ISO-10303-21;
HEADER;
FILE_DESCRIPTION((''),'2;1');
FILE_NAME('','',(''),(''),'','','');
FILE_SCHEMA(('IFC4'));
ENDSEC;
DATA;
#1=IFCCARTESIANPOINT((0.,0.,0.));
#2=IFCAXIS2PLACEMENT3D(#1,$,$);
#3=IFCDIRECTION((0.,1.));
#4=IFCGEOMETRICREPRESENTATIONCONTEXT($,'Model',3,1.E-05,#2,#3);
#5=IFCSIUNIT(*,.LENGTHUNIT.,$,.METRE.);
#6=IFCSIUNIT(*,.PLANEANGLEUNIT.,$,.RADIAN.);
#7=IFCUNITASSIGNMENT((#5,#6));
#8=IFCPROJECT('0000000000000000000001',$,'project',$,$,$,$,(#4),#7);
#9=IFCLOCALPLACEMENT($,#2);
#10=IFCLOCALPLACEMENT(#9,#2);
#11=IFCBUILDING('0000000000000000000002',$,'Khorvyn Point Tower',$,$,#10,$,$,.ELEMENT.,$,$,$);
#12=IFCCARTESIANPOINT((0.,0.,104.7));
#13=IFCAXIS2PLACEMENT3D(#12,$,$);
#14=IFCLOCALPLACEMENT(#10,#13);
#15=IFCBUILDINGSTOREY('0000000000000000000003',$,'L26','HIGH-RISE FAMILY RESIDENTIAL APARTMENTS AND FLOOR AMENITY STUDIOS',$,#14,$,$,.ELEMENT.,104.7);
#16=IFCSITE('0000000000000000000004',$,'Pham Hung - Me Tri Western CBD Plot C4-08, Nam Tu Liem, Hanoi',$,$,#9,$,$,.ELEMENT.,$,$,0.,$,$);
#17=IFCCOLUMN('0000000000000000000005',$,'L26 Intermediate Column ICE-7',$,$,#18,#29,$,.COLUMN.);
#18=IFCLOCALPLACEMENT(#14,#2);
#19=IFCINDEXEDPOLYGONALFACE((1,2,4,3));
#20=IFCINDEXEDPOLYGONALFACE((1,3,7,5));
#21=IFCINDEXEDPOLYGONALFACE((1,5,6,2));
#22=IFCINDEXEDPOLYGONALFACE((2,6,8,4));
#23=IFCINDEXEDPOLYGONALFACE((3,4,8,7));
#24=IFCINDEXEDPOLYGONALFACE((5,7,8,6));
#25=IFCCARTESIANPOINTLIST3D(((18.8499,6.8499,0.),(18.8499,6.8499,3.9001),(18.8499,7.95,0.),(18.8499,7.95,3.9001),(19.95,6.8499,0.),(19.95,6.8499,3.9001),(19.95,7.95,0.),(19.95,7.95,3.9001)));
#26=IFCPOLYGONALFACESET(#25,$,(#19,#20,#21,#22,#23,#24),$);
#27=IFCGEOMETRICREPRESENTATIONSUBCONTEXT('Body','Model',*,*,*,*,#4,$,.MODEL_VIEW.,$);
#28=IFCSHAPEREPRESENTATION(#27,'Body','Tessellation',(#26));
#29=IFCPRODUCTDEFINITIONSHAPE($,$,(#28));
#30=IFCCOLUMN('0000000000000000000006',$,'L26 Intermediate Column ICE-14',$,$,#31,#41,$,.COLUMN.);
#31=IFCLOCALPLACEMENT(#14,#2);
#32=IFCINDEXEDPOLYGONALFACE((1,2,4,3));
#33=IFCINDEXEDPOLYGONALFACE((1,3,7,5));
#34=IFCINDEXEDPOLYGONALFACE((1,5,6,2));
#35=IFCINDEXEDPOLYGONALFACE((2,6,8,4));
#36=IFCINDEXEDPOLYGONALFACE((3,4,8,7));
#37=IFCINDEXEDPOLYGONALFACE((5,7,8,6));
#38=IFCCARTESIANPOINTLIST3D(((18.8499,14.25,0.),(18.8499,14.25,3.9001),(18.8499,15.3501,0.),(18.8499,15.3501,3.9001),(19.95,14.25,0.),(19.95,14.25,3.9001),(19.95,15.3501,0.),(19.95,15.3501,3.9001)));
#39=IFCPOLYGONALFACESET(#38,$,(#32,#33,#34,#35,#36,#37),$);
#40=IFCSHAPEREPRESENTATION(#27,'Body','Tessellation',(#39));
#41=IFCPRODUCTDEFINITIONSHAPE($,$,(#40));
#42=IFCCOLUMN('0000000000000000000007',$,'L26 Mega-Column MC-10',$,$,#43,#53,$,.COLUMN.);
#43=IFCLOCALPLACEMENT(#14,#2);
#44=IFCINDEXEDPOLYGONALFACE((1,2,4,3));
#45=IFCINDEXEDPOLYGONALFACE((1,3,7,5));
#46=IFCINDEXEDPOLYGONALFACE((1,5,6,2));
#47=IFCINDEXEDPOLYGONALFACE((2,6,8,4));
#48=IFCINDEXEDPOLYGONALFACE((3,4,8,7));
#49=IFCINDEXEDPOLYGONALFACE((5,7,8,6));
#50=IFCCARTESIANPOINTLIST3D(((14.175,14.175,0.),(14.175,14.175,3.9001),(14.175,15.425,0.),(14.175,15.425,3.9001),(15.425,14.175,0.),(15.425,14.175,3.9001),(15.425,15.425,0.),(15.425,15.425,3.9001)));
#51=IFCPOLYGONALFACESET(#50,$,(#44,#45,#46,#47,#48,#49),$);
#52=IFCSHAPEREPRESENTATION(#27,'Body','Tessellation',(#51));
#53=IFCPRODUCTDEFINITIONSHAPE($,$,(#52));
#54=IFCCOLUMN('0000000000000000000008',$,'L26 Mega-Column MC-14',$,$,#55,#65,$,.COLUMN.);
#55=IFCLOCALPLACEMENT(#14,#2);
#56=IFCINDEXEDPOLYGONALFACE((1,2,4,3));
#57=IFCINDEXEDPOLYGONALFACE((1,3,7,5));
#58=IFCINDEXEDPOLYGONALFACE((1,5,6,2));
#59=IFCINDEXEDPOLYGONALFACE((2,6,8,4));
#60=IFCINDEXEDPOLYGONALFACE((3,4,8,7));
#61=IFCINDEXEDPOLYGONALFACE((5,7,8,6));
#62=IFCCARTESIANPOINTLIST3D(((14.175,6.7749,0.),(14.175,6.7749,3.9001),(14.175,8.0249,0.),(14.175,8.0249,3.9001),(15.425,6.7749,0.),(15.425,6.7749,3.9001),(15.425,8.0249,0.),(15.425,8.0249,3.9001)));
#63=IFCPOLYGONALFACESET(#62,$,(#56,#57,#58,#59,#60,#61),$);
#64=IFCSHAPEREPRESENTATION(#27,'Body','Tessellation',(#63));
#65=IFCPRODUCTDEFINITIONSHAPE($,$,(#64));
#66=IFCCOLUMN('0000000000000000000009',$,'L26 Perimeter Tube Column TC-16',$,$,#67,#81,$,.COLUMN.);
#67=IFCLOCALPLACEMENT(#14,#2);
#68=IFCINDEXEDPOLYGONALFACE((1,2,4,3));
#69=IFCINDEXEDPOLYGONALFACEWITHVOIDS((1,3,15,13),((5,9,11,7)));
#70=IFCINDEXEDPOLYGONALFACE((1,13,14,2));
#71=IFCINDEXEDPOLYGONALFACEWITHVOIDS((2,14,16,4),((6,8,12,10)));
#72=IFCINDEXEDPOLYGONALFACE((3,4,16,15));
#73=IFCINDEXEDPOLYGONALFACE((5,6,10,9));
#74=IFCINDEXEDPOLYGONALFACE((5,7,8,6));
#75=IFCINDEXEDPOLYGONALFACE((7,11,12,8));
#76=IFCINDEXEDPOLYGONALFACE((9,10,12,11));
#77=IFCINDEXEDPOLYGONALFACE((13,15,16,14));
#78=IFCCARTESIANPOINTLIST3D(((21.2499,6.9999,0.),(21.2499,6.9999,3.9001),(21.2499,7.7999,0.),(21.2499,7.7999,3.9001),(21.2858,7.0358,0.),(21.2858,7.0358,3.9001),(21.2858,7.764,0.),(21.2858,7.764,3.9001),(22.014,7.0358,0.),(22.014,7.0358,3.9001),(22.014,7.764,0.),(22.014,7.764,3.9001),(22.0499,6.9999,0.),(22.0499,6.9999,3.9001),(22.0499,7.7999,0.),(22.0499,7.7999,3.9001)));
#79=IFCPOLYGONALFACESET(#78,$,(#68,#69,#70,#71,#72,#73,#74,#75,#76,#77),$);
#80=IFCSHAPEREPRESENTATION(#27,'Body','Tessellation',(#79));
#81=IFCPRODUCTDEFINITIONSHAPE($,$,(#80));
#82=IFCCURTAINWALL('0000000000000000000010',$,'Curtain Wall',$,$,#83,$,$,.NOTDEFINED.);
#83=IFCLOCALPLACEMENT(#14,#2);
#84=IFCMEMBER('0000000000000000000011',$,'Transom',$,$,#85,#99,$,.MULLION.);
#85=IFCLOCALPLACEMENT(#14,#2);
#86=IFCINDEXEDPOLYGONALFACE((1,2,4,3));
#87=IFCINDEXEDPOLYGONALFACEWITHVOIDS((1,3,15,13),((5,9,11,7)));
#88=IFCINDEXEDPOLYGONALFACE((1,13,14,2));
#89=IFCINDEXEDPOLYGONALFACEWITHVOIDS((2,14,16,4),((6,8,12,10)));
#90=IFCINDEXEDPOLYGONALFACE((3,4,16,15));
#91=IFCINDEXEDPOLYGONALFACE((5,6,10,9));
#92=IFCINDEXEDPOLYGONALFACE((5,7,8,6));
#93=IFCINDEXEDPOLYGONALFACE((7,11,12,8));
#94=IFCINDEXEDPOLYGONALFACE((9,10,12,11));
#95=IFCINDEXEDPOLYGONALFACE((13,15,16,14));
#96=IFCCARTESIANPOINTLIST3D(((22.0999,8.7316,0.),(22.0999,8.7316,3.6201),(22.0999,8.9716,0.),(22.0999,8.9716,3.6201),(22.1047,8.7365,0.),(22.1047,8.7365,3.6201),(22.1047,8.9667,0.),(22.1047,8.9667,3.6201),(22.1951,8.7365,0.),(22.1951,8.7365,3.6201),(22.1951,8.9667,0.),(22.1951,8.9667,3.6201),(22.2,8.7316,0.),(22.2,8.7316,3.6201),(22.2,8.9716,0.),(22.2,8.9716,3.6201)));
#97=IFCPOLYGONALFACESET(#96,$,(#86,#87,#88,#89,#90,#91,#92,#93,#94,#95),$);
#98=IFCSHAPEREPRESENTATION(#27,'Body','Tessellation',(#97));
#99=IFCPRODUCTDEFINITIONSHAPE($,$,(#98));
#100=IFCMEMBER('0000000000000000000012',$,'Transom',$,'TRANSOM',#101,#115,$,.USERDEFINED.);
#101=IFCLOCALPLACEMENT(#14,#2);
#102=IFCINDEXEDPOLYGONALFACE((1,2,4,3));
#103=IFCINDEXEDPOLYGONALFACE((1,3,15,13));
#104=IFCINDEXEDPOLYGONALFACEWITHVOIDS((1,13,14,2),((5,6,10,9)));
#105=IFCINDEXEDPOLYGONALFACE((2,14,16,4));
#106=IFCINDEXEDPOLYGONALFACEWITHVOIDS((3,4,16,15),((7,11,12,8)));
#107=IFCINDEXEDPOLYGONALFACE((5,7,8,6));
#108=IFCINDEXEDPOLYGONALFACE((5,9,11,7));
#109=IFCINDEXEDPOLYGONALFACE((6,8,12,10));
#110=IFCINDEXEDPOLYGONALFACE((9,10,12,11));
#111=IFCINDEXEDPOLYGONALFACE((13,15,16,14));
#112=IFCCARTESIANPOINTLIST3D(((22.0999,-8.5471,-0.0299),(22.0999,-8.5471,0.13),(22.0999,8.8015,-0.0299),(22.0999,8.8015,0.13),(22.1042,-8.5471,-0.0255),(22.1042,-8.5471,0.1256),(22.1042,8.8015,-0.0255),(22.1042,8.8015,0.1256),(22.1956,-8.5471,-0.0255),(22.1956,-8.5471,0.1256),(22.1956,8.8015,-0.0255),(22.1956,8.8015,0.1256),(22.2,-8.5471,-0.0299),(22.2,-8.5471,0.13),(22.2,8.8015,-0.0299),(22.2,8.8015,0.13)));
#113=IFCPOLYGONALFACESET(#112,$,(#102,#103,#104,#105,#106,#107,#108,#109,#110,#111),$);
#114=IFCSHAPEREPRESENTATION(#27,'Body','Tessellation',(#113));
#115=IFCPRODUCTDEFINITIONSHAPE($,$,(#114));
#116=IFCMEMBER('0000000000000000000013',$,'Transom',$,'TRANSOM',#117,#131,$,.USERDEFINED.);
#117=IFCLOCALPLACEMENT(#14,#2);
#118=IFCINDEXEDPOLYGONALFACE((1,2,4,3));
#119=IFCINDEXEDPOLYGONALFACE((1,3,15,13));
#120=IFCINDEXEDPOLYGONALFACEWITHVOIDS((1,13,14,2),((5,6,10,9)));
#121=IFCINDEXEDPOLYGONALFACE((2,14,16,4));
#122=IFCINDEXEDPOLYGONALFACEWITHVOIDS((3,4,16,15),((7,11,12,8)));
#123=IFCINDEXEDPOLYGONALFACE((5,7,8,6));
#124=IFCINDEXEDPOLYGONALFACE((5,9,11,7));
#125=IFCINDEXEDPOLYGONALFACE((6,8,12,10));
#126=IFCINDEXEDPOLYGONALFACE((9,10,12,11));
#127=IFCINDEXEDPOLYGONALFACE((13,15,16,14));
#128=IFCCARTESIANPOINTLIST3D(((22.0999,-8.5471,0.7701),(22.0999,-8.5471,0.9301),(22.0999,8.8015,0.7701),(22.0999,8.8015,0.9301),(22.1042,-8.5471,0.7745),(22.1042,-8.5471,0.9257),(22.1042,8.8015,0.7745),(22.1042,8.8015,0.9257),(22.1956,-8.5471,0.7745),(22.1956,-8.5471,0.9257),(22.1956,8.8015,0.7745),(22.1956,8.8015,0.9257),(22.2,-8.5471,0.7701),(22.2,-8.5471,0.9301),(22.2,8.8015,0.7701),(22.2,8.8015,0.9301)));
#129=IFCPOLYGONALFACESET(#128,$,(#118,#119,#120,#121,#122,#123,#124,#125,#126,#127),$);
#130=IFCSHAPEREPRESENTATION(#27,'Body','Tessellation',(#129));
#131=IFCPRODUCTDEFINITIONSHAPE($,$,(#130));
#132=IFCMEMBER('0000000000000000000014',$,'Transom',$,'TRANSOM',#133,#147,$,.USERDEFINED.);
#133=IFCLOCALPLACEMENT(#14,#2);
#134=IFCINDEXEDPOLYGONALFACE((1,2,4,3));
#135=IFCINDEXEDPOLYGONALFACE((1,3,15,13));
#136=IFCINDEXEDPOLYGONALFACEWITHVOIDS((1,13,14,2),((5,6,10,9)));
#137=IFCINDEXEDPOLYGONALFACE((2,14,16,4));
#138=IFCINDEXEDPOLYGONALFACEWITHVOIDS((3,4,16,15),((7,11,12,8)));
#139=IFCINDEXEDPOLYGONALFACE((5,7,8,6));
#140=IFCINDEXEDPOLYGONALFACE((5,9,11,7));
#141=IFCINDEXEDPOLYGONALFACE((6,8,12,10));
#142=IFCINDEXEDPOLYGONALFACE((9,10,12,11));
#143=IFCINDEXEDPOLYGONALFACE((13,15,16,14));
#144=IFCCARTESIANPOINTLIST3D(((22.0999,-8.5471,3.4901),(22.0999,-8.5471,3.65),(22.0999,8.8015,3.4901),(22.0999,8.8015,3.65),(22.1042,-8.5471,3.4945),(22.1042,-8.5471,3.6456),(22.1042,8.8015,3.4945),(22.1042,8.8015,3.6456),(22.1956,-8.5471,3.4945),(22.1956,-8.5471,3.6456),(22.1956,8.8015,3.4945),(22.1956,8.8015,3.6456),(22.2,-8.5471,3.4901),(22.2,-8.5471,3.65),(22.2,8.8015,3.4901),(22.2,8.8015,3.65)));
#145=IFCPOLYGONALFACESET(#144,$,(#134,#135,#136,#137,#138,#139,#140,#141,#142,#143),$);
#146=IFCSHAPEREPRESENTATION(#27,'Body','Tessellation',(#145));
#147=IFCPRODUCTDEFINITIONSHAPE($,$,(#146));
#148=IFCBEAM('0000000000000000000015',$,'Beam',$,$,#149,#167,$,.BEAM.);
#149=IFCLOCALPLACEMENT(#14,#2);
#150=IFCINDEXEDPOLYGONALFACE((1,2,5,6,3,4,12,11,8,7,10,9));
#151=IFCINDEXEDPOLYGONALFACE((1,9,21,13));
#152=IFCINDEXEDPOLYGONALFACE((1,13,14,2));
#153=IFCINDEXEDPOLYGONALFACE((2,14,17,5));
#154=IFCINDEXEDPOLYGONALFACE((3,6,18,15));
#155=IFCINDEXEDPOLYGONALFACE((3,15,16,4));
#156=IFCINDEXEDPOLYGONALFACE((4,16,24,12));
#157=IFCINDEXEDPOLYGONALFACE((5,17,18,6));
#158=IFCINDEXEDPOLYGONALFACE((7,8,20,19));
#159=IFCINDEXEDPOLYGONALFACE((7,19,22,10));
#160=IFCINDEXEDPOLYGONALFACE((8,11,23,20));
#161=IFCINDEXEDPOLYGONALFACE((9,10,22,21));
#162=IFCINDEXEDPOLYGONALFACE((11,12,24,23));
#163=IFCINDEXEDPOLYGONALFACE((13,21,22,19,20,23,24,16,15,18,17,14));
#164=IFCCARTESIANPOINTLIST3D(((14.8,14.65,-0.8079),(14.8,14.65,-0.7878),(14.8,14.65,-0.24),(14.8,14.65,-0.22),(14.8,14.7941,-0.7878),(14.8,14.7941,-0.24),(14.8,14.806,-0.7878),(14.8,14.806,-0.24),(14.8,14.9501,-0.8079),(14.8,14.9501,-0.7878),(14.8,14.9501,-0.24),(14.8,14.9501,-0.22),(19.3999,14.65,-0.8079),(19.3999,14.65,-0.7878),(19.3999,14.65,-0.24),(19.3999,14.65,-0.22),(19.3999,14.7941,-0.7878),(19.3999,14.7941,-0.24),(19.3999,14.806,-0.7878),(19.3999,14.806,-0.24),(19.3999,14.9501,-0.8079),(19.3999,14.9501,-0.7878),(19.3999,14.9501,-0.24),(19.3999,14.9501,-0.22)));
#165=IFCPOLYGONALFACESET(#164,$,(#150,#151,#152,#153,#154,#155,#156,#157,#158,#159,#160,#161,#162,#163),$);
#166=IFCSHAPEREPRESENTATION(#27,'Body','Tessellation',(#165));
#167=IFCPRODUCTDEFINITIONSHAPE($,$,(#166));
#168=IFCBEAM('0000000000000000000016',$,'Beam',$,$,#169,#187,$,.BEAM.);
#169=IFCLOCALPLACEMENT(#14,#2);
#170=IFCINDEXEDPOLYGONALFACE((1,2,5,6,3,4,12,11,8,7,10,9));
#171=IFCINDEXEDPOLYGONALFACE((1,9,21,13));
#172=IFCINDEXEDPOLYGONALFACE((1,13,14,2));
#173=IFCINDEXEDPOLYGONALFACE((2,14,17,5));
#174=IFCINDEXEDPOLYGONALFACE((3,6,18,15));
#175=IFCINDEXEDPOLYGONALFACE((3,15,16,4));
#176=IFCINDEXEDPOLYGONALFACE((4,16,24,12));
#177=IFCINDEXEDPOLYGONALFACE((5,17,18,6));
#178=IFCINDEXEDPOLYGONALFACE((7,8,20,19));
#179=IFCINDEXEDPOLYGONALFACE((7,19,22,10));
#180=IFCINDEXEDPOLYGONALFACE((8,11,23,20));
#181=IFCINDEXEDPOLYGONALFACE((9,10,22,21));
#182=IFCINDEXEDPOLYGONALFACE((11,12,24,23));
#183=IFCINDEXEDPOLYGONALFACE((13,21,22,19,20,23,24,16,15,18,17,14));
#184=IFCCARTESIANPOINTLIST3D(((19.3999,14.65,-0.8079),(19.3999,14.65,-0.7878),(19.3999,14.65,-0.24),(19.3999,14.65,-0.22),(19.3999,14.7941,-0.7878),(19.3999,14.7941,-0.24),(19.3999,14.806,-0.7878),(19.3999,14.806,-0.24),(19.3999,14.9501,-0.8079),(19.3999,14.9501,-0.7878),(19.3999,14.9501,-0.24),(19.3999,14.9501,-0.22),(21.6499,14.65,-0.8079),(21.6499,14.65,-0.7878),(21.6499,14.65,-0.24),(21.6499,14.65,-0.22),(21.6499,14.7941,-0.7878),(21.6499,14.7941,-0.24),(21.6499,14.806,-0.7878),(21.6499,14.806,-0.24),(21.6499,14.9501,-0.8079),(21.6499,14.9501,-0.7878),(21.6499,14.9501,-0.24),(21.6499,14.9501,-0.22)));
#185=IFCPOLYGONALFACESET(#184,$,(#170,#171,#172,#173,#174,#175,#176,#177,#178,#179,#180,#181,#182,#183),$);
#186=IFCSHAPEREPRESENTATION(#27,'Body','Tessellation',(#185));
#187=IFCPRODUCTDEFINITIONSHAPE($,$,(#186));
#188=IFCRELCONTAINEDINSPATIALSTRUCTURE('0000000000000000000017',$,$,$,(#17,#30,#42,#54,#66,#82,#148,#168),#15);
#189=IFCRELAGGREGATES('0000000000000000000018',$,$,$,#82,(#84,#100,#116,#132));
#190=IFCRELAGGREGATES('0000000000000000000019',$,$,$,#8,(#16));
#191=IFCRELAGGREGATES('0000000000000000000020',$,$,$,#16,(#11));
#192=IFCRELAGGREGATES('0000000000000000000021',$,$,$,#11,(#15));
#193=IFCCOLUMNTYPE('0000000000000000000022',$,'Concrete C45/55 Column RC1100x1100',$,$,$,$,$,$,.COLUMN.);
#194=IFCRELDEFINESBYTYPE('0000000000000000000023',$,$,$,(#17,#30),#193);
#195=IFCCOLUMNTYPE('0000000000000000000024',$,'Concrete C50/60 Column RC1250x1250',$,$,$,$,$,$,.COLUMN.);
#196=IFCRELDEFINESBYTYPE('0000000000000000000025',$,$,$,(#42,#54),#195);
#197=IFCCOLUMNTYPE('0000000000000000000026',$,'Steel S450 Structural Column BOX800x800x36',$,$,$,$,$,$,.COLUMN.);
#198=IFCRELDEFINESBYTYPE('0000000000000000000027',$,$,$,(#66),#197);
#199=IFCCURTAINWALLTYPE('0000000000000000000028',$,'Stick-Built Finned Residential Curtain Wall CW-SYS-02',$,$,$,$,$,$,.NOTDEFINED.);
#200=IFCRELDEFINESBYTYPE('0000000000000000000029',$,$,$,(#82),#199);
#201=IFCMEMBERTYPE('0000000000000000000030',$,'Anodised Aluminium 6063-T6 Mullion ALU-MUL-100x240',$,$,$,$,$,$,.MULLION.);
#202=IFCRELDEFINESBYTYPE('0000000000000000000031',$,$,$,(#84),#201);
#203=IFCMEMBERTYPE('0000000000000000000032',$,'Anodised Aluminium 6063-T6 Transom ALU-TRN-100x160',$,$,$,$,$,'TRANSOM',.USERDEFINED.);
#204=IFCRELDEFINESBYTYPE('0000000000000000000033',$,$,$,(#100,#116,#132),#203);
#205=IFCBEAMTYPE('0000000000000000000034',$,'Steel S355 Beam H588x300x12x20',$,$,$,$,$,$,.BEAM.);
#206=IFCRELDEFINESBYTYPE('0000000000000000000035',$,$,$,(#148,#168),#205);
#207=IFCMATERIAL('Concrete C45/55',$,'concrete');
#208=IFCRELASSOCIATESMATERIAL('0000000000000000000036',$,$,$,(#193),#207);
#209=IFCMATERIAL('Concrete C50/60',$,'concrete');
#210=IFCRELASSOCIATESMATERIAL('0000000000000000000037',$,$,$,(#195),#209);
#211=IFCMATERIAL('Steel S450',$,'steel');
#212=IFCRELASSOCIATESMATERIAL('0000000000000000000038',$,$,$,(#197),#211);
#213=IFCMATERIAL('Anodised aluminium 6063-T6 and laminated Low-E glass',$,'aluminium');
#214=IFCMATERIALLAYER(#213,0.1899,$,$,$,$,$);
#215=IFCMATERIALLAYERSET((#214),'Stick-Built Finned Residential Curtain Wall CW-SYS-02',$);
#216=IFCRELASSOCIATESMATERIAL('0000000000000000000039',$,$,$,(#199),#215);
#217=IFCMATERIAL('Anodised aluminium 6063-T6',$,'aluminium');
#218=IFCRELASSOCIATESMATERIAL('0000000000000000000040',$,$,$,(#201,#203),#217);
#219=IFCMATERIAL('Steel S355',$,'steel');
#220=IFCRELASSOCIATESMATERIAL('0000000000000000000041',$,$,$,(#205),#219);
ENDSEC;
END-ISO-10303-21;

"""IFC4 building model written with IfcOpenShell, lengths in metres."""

from ifc_helpers import new_model, si_unit, direction, frame, origin, origin_2d, place, context, subcontext, project, spatial, rectangle, hollow_rectangle, i_section, extrude, material, layer, layer_set, material_profile, profile_set, type_object, element, aggregate, save


model = new_model("IFC4")

# Units and contexts
model_context = context("Model", 3, precision=1e-05, world=origin(), true_north=direction((0.0, 1.0)))
body_context = subcontext(model_context, "Body", "Model", "MODEL_VIEW")
ifc_project = project(units=[si_unit("LENGTHUNIT", "METRE"), si_unit("PLANEANGLEUNIT", "RADIAN")], contexts=[model_context])

# Site, building, storey
site_placement = place(None, origin())
site = spatial("IfcSite", under=ifc_project, at=site_placement, Name="Pham Hung - Me Tri Western CBD Plot C4-08, Nam Tu Liem, Hanoi", CompositionType="ELEMENT", RefElevation=0.0)
building_placement = place(site_placement, origin())
building = spatial("IfcBuilding", under=site, at=building_placement, Name="Khorvyn Point Tower", CompositionType="ELEMENT")
storey_placement = place(building_placement, frame((0.0, 0.0, 104.7)))
storey = spatial("IfcBuildingStorey", under=building, at=storey_placement, Name="L26", Description="HIGH-RISE FAMILY RESIDENTIAL APARTMENTS AND FLOOR AMENITY STUDIOS", CompositionType="ELEMENT", Elevation=104.7)

# Columns
ifc_material_1 = material(Name="Concrete C45/55", Category="concrete")
ifc_material_profile_1 = material_profile(ifc_material_1, rectangle(XDim=1.1001, YDim=1.1001, at=origin_2d()))
ifc_profile_set_1 = profile_set([ifc_material_profile_1], Name="Concrete C45/55 RC1100x1100")
column_type_1 = type_object("IfcColumnType", Name="Concrete C45/55 Column RC1100x1100", PredefinedType="COLUMN", material=ifc_profile_set_1)
for number, where, z_axis, x_axis, name in (
    (1, (19.3999, 7.3999, 0.0), (0.0, 0.0, 1.0), (1.0, 0.0, 0.0), "L26 Intermediate Column ICE-7"),
    (2, (19.3999, 14.8, 0.0), (0.0, 0.0, 1.0), (1.0, 0.0, 0.0), "L26 Intermediate Column ICE-14"),
):
    element("IfcColumn", number, at=place(storey_placement, frame(where, z_axis=z_axis, x_axis=x_axis)), inside=storey, type_object=column_type_1, Name=name, PredefinedType="COLUMN", context=body_context, shape_type="SweptSolid", body=[
        extrude(rectangle(XDim=1.1001, YDim=1.1001, at=origin_2d()), origin(), (0.0, 0.0, 1.0), 3.9001),
    ])
ifc_material_2 = material(Name="Concrete C50/60", Category="concrete")
ifc_material_profile_2 = material_profile(ifc_material_2, rectangle(XDim=1.25, YDim=1.25, at=origin_2d()))
ifc_profile_set_2 = profile_set([ifc_material_profile_2], Name="Concrete C50/60 RC1250x1250")
column_type_2 = type_object("IfcColumnType", Name="Concrete C50/60 Column RC1250x1250", PredefinedType="COLUMN", material=ifc_profile_set_2)
for number, where, z_axis, x_axis, name in (
    (3, (14.8, 14.8, 0.0), (0.0, 0.0, 1.0), (1.0, 0.0, 0.0), "L26 Mega-Column MC-10"),
    (4, (14.8, 7.3999, 0.0), (0.0, 0.0, 1.0), (1.0, 0.0, 0.0), "L26 Mega-Column MC-14"),
):
    element("IfcColumn", number, at=place(storey_placement, frame(where, z_axis=z_axis, x_axis=x_axis)), inside=storey, type_object=column_type_2, Name=name, PredefinedType="COLUMN", context=body_context, shape_type="SweptSolid", body=[
        extrude(rectangle(XDim=1.25, YDim=1.25, at=origin_2d()), origin(), (0.0, 0.0, 1.0), 3.9001),
    ])
ifc_material_3 = material(Name="Steel S450", Category="steel")
ifc_material_profile_3 = material_profile(ifc_material_3, hollow_rectangle(XDim=0.8, YDim=0.8, WallThickness=0.0359, at=origin_2d()))
ifc_profile_set_3 = profile_set([ifc_material_profile_3], Name="Steel S450 BOX800x800x36")
column_type_3 = type_object("IfcColumnType", Name="Steel S450 Structural Column BOX800x800x36", PredefinedType="COLUMN", material=ifc_profile_set_3)
column_placement = place(storey_placement, frame((21.6499, 7.3999, 0.0), z_axis=(0.0, 0.0, 1.0), x_axis=(1.0, 0.0, 0.0)))
element("IfcColumn", 5, at=column_placement, inside=storey, type_object=column_type_3, Name="L26 Perimeter Tube Column TC-16", PredefinedType="COLUMN", context=body_context, shape_type="SweptSolid", body=[
    extrude(hollow_rectangle(XDim=0.8, YDim=0.8, WallThickness=0.0359, at=origin_2d()), origin(), (0.0, 0.0, 1.0), 3.9001),
])

# Curtain wall, members
ifc_material_4 = material(Name="Anodised aluminium 6063-T6 and laminated Low-E glass", Category="aluminium")
ifc_layer_1 = layer(ifc_material_4, 0.1899)
ifc_layer_set_1 = layer_set([ifc_layer_1], Name="Stick-Built Finned Residential Curtain Wall CW-SYS-02")
curtain_wall_type = type_object("IfcCurtainWallType", Name="Stick-Built Finned Residential Curtain Wall CW-SYS-02", PredefinedType="NOTDEFINED", material=ifc_layer_set_1)
curtain_wall_placement = place(storey_placement, origin())
curtain_wall = element("IfcCurtainWall", 6, at=curtain_wall_placement, inside=storey, type_object=curtain_wall_type, Name="Curtain Wall", PredefinedType="NOTDEFINED")
ifc_material_5 = material(Name="Anodised aluminium 6063-T6", Category="aluminium")
ifc_material_profile_4 = material_profile(ifc_material_5, hollow_rectangle(XDim=0.1001, YDim=0.24, WallThickness=0.0049, at=origin_2d()))
ifc_profile_set_4 = profile_set([ifc_material_profile_4], Name="Anodised aluminium 6063-T6 ALU-MUL-100x240")
member_type_1 = type_object("IfcMemberType", Name="Anodised Aluminium 6063-T6 Mullion ALU-MUL-100x240", PredefinedType="MULLION", material=ifc_profile_set_4)
member_1_placement = place(storey_placement, frame((22.1499, 8.8516, 0.0), z_axis=(0.0, 0.0, 1.0), x_axis=(1.0, 0.0, 0.0)))
member_1 = element("IfcMember", 7, at=member_1_placement, type_object=member_type_1, Name="Transom", PredefinedType="MULLION", context=body_context, shape_type="SweptSolid", body=[
    extrude(hollow_rectangle(XDim=0.1001, YDim=0.24, WallThickness=0.0049, at=origin_2d()), origin(), (0.0, 0.0, 1.0), 3.6201),
])
ifc_material_profile_5 = material_profile(ifc_material_5, hollow_rectangle(XDim=0.1001, YDim=0.1599, WallThickness=0.0044, at=origin_2d()))
ifc_profile_set_5 = profile_set([ifc_material_profile_5], Name="Anodised aluminium 6063-T6 ALU-TRN-100x160")
member_type_2 = type_object("IfcMemberType", Name="Anodised Aluminium 6063-T6 Transom ALU-TRN-100x160", ElementType="TRANSOM", PredefinedType="USERDEFINED", material=ifc_profile_set_5)
member_2_placement = place(storey_placement, frame((22.1499, 8.8015, 0.05), z_axis=(0.0, -1.0, 0.0), x_axis=(1.0, 0.0, 0.0)))
member_2 = element("IfcMember", 8, at=member_2_placement, type_object=member_type_2, Name="Transom", ObjectType="TRANSOM", PredefinedType="USERDEFINED", context=body_context, shape_type="SweptSolid", body=[
    extrude(hollow_rectangle(XDim=0.1001, YDim=0.1599, WallThickness=0.0044, at=origin_2d()), origin(), (0.0, 0.0, 1.0), 17.3486),
])
member_3_placement = place(storey_placement, frame((22.1499, 8.8015, 0.8501), z_axis=(0.0, -1.0, 0.0), x_axis=(1.0, 0.0, 0.0)))
member_3 = element("IfcMember", 9, at=member_3_placement, type_object=member_type_2, Name="Transom", ObjectType="TRANSOM", PredefinedType="USERDEFINED", context=body_context, shape_type="SweptSolid", body=[
    extrude(hollow_rectangle(XDim=0.1001, YDim=0.1599, WallThickness=0.0044, at=origin_2d()), origin(), (0.0, 0.0, 1.0), 17.3486),
])
member_4_placement = place(storey_placement, frame((22.1499, 8.8015, 3.5701), z_axis=(0.0, -1.0, 0.0), x_axis=(1.0, 0.0, 0.0)))
member_4 = element("IfcMember", 10, at=member_4_placement, type_object=member_type_2, Name="Transom", ObjectType="TRANSOM", PredefinedType="USERDEFINED", context=body_context, shape_type="SweptSolid", body=[
    extrude(hollow_rectangle(XDim=0.1001, YDim=0.1599, WallThickness=0.0044, at=origin_2d()), origin(), (0.0, 0.0, 1.0), 17.3486),
])
aggregate(curtain_wall, [member_1, member_2, member_3, member_4])

# Beams
ifc_material_6 = material(Name="Steel S355", Category="steel")
ifc_material_profile_6 = material_profile(ifc_material_6, i_section(OverallWidth=0.3, OverallDepth=0.5879, WebThickness=0.012, FlangeThickness=0.02, at=origin_2d()))
ifc_profile_set_6 = profile_set([ifc_material_profile_6], Name="Steel S355 H588x300x12x20")
beam_type_1 = type_object("IfcBeamType", Name="Steel S355 Beam H588x300x12x20", PredefinedType="BEAM", material=ifc_profile_set_6)
beam_1_placement = place(storey_placement, frame((14.8, 14.8, -0.5139), z_axis=(1.0, 0.0, 0.0), x_axis=(0.0, 1.0, 0.0)))
element("IfcBeam", 11, at=beam_1_placement, inside=storey, type_object=beam_type_1, Name="Beam", PredefinedType="BEAM", context=body_context, shape_type="SweptSolid", body=[
    extrude(i_section(OverallWidth=0.3, OverallDepth=0.5879, WebThickness=0.012, FlangeThickness=0.02, at=origin_2d()), origin(), (0.0, 0.0, 1.0), 4.5999),
])
beam_2_placement = place(storey_placement, frame((19.3999, 14.8, -0.5139), z_axis=(1.0, 0.0, 0.0), x_axis=(0.0, 1.0, 0.0)))
element("IfcBeam", 12, at=beam_2_placement, inside=storey, type_object=beam_type_1, Name="Beam", PredefinedType="BEAM", context=body_context, shape_type="SweptSolid", body=[
    extrude(i_section(OverallWidth=0.3, OverallDepth=0.5879, WebThickness=0.012, FlangeThickness=0.02, at=origin_2d()), origin(), (0.0, 0.0, 1.0), 2.25),
])

save(model, "model.ifc")
